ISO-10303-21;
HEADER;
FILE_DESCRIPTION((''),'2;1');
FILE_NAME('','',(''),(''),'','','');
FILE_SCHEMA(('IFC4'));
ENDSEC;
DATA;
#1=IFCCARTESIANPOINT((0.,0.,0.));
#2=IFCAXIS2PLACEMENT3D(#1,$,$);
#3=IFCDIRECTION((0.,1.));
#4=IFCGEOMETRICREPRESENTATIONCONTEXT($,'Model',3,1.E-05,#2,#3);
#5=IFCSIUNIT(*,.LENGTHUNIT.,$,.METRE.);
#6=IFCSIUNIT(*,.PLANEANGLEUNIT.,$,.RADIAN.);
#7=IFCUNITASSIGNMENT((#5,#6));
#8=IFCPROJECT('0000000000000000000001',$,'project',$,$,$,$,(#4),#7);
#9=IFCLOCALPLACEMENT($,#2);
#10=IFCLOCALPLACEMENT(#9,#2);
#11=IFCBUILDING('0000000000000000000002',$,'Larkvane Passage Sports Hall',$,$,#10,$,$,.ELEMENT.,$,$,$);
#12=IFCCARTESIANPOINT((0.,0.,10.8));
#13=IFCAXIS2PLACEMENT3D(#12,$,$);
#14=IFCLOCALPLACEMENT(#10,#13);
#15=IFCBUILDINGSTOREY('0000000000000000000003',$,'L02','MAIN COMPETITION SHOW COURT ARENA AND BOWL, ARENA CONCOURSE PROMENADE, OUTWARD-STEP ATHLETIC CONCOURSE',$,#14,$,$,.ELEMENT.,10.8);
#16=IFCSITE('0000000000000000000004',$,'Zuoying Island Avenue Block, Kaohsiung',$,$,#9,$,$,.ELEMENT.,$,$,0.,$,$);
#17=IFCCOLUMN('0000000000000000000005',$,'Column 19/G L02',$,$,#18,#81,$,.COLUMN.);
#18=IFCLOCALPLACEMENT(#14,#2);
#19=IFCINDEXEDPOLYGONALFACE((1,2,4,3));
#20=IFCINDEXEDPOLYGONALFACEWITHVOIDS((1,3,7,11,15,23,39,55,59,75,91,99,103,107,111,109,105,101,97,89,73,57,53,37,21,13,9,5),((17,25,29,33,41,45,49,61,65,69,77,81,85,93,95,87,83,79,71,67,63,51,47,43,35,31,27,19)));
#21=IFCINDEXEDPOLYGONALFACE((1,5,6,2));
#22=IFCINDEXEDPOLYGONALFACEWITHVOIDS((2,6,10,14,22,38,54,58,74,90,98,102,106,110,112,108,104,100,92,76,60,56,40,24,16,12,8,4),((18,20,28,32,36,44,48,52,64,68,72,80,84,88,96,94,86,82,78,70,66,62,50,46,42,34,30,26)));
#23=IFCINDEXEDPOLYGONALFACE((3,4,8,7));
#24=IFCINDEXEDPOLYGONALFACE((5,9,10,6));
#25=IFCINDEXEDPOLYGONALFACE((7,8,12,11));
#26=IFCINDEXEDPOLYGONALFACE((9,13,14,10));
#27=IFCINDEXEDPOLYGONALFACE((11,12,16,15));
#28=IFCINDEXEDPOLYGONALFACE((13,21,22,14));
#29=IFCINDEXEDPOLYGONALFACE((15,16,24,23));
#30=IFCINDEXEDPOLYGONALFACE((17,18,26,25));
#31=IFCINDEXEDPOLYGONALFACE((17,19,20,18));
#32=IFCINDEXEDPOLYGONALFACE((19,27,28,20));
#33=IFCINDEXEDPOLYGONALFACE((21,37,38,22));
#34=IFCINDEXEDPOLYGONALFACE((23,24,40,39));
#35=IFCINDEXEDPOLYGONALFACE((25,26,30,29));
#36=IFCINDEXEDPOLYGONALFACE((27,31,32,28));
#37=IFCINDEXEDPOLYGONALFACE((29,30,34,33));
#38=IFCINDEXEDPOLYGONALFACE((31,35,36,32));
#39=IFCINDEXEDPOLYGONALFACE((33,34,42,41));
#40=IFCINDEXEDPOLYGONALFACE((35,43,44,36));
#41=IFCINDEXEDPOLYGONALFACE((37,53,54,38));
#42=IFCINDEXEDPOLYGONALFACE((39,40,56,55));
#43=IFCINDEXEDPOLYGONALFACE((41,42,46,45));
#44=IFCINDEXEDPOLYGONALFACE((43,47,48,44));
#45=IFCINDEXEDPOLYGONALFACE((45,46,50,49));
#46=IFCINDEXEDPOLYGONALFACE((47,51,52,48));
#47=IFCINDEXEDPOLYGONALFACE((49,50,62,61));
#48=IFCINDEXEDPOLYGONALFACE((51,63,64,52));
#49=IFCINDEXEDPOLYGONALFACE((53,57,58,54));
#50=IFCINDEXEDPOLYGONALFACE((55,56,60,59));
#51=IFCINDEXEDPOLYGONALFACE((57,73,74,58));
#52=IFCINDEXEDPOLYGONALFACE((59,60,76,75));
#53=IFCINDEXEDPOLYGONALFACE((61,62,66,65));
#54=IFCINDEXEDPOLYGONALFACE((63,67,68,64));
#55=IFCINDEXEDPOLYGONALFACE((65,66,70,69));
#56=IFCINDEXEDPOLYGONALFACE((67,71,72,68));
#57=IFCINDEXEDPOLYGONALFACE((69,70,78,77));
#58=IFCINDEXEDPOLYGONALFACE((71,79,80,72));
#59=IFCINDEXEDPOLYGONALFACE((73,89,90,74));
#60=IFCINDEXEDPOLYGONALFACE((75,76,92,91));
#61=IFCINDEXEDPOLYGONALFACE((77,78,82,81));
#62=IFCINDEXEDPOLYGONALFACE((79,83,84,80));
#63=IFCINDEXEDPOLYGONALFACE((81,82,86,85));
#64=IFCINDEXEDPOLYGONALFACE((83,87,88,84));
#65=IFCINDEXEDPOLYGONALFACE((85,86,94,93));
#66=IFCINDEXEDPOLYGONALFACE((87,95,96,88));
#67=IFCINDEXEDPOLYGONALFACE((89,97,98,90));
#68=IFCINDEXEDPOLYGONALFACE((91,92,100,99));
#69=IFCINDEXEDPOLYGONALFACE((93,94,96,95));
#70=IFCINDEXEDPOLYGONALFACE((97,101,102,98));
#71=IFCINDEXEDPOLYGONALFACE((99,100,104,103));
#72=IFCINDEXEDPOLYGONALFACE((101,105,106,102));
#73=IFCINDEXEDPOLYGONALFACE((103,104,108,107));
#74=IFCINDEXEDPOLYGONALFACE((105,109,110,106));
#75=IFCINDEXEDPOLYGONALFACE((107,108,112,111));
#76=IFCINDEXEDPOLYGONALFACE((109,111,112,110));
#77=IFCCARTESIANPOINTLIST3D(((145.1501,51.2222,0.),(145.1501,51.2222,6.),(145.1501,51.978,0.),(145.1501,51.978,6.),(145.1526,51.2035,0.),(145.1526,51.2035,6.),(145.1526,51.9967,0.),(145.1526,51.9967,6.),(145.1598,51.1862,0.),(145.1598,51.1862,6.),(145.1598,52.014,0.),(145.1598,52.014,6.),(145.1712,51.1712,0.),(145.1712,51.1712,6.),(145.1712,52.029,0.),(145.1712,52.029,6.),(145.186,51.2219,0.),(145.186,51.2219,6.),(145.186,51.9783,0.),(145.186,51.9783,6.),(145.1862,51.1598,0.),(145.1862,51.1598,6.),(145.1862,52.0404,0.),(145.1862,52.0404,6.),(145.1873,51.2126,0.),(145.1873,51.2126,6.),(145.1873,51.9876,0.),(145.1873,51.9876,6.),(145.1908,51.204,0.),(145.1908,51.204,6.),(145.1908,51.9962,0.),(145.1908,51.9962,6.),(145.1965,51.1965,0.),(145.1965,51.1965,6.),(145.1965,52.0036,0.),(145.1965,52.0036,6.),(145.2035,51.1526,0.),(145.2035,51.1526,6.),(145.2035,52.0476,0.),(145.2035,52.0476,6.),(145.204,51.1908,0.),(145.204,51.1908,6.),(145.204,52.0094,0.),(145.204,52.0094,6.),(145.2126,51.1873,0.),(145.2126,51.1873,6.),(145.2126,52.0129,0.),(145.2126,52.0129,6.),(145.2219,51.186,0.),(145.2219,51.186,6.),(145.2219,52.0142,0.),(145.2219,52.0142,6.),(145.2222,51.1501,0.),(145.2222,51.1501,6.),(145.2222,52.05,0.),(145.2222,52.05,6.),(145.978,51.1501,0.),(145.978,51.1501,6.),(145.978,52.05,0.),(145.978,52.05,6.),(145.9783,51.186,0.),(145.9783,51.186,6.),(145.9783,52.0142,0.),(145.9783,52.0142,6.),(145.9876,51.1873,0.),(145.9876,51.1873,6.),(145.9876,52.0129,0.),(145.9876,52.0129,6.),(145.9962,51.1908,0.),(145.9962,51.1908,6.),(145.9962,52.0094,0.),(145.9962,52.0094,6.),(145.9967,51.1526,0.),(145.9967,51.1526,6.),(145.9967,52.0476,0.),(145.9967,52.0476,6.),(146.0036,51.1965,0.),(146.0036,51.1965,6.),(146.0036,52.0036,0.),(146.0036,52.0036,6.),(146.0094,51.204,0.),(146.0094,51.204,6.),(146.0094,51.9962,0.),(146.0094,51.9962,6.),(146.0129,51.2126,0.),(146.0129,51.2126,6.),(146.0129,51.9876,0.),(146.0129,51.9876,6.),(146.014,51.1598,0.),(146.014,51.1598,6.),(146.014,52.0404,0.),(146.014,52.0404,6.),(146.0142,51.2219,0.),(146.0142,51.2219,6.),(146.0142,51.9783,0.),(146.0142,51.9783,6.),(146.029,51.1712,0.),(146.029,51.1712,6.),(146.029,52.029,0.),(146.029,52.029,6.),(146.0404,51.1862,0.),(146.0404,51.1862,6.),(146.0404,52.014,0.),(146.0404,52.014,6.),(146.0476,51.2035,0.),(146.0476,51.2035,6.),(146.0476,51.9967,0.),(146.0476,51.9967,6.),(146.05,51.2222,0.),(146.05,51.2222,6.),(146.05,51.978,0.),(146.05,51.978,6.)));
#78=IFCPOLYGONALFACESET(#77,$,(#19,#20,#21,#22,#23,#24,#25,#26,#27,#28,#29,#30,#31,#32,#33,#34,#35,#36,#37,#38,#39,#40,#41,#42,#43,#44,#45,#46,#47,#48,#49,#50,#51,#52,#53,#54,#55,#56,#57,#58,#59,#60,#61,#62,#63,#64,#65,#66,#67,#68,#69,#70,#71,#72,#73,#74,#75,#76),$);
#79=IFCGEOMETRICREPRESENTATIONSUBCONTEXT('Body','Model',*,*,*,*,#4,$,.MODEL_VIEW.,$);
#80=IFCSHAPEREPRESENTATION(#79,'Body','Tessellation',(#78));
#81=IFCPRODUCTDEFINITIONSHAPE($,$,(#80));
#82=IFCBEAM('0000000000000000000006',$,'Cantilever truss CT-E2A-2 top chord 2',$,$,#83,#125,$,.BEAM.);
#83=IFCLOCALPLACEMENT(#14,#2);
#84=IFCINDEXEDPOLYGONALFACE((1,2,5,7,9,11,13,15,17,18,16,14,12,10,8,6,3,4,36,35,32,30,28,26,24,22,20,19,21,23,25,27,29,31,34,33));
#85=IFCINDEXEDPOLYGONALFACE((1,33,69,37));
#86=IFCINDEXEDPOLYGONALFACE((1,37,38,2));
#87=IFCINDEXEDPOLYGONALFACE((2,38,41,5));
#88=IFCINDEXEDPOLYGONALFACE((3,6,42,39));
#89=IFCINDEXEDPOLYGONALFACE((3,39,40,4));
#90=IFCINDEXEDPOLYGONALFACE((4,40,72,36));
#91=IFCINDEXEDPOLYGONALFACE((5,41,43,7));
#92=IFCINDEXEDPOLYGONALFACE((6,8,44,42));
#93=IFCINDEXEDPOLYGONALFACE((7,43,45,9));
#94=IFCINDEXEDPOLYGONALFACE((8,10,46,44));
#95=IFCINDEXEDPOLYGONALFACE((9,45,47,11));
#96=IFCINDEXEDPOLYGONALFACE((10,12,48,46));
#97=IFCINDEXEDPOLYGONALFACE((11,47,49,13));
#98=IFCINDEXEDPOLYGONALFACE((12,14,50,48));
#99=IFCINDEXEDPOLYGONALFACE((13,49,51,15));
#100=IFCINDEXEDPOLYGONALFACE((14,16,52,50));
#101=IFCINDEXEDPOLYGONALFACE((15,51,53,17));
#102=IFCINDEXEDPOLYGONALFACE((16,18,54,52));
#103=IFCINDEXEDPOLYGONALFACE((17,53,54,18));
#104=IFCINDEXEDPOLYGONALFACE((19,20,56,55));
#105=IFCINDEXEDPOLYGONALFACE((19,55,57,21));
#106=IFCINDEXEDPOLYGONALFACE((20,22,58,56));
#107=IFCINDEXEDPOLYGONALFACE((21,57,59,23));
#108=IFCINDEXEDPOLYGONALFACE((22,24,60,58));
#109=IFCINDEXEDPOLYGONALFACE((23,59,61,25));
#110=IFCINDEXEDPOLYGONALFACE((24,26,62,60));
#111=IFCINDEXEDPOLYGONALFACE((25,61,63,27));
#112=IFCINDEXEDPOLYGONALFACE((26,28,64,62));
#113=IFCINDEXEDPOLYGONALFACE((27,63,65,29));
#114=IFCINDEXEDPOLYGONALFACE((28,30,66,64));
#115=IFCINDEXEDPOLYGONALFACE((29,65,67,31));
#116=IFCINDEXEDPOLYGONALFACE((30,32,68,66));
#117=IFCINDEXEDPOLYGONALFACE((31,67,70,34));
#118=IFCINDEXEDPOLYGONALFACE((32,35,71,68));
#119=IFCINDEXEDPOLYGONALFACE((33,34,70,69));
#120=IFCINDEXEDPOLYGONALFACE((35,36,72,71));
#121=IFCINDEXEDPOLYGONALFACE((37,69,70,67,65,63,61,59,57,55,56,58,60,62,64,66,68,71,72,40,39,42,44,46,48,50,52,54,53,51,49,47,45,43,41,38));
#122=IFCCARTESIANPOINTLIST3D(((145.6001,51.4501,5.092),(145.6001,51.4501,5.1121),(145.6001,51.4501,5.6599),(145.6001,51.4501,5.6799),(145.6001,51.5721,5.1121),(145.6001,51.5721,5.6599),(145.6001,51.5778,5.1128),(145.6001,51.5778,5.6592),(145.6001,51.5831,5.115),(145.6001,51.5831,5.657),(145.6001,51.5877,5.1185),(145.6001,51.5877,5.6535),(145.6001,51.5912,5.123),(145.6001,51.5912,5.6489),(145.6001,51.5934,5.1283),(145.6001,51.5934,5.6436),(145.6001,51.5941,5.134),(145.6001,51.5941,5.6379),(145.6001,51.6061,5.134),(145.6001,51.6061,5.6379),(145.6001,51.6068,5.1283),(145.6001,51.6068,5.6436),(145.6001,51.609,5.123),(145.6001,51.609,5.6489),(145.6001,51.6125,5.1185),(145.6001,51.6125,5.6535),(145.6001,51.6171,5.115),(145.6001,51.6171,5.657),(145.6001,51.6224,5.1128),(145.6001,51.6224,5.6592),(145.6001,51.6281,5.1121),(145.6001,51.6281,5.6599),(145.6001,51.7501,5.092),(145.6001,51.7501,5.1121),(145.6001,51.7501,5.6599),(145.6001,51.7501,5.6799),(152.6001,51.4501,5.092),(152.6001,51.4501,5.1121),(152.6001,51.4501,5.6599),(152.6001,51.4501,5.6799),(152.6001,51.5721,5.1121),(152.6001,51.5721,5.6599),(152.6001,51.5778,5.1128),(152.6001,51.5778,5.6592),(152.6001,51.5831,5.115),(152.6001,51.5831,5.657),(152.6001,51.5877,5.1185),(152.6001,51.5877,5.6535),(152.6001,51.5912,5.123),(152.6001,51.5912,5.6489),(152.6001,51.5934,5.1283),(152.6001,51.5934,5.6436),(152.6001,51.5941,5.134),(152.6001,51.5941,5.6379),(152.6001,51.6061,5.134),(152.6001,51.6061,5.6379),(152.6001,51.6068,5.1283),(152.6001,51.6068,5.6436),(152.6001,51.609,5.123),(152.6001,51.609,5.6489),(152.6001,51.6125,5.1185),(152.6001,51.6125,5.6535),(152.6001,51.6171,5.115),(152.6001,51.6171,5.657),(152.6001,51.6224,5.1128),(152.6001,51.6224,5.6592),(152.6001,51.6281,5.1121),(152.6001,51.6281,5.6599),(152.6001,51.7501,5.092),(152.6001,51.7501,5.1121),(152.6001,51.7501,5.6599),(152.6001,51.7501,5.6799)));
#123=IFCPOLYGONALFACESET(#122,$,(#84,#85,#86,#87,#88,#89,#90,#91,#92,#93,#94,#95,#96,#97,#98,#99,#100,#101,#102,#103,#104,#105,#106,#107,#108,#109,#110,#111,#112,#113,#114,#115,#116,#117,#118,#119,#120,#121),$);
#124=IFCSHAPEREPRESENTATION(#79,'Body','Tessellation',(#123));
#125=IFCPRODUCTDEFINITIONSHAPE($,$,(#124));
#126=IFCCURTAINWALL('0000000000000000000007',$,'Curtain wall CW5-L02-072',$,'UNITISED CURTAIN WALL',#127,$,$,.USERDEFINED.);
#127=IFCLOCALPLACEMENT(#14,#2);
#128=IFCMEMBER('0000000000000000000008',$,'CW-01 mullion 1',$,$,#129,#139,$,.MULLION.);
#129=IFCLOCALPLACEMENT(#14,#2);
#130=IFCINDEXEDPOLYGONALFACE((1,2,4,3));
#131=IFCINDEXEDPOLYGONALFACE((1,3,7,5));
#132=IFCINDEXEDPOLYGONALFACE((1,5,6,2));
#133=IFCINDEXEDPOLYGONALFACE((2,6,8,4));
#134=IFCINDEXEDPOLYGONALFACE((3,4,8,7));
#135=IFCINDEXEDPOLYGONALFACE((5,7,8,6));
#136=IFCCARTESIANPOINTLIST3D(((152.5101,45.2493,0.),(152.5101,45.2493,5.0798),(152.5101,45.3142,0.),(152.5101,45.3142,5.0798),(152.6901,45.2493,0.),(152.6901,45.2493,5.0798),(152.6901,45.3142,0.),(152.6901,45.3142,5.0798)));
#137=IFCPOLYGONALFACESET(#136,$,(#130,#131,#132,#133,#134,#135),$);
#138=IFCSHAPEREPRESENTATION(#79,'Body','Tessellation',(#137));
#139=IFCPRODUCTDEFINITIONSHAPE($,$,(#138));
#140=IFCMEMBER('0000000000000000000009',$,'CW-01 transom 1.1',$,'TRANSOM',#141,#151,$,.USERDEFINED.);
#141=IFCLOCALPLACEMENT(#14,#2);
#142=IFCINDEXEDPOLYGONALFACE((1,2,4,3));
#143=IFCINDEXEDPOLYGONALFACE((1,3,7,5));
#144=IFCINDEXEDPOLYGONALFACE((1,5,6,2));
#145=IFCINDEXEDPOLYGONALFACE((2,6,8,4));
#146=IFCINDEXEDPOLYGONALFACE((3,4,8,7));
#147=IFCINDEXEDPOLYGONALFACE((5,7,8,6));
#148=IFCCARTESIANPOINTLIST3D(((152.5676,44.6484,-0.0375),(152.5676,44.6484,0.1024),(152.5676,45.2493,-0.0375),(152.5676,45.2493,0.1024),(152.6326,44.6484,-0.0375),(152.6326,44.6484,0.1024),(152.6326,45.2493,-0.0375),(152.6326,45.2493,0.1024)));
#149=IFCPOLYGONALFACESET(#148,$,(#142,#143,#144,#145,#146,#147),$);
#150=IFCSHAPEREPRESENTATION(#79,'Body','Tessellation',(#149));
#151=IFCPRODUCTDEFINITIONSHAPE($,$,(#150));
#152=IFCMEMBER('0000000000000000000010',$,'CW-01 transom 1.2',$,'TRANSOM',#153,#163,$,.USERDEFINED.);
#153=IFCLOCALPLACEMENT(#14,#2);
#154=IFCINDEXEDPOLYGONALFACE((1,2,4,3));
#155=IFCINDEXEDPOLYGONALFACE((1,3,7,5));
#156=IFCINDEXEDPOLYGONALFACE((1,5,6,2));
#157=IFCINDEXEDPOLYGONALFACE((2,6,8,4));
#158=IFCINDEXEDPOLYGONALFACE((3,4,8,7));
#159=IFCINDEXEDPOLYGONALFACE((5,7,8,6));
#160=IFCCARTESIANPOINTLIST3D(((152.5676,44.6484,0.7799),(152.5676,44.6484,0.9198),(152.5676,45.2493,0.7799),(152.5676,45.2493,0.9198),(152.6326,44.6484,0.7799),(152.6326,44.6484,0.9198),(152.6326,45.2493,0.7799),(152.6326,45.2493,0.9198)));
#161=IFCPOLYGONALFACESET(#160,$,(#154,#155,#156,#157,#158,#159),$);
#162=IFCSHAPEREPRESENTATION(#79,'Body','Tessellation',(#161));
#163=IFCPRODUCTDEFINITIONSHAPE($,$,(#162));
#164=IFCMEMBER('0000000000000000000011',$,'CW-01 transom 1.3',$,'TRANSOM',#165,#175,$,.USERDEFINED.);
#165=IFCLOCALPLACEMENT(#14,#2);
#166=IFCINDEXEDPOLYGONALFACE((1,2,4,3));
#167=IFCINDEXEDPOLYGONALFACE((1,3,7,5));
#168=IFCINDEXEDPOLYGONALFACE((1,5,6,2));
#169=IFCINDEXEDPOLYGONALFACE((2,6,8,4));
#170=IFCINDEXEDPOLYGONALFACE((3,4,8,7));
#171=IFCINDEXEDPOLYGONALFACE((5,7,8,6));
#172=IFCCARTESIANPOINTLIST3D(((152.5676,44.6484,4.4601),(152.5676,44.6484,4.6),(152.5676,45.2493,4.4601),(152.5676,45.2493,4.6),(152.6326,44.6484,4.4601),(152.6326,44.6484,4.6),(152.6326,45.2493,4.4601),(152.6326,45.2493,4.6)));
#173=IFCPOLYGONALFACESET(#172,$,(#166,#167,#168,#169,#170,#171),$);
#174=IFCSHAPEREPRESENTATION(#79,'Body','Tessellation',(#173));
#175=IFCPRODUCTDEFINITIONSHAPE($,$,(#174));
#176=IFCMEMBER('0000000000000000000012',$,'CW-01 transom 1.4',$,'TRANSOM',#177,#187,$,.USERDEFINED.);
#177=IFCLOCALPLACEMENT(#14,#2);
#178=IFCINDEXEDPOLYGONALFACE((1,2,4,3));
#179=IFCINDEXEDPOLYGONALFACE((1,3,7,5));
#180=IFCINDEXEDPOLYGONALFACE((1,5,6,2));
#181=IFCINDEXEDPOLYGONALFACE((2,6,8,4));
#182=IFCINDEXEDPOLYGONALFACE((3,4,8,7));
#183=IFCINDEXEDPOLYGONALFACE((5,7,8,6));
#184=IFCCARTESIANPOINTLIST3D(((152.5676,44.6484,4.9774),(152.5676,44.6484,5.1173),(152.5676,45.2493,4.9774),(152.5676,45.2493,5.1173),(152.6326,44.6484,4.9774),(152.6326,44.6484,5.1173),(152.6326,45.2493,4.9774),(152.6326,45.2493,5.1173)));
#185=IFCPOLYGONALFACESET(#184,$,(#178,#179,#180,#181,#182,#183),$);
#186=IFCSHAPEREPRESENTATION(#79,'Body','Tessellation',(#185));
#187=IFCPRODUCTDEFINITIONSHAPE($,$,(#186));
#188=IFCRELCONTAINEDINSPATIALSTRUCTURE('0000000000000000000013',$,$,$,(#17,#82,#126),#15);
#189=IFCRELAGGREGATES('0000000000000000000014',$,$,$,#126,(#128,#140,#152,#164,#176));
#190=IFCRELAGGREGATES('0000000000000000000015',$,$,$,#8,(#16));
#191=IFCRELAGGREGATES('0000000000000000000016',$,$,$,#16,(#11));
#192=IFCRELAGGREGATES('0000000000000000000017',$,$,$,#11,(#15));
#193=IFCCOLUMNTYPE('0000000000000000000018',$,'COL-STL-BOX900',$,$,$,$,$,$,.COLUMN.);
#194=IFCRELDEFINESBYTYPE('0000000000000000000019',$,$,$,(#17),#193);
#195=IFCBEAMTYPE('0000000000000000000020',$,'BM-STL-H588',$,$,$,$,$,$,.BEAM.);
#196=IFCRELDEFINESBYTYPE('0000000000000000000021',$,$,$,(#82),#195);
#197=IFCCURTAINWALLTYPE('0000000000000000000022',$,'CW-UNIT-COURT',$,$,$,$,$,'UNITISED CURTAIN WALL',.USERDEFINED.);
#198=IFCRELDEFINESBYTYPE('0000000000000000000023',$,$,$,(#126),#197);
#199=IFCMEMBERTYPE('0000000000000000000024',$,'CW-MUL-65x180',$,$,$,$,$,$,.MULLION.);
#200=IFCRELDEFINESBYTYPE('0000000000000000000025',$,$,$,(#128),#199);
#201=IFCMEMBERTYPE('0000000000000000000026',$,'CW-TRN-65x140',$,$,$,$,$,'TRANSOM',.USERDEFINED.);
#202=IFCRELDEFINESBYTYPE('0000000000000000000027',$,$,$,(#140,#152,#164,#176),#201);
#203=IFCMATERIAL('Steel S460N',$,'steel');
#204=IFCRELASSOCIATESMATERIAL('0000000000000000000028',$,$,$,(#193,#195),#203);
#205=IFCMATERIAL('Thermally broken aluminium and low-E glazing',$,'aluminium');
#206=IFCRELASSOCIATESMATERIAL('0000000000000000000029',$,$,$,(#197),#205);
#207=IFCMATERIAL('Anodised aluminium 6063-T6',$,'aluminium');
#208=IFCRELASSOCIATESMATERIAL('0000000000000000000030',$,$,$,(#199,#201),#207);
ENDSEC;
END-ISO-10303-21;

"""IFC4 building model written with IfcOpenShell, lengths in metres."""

from ifc_helpers import new_model, si_unit, direction, frame, origin, origin_2d, place, context, subcontext, project, spatial, rectangle, hollow_rectangle, i_section, extrude, material, material_profile, profile_set, type_object, element, aggregate, save


model = new_model("IFC4")

# Units and contexts
model_context = context("Model", 3, precision=1e-05, world=origin(), true_north=direction((0.0, 1.0)))
body_context = subcontext(model_context, "Body", "Model", "MODEL_VIEW")
ifc_project = project(units=[si_unit("LENGTHUNIT", "METRE"), si_unit("PLANEANGLEUNIT", "RADIAN")], contexts=[model_context])

# Site, building, storey
site_placement = place(None, origin())
site = spatial("IfcSite", under=ifc_project, at=site_placement, Name="Zuoying Island Avenue Block, Kaohsiung", CompositionType="ELEMENT", RefElevation=0.0)
building_placement = place(site_placement, origin())
building = spatial("IfcBuilding", under=site, at=building_placement, Name="Larkvane Passage Sports Hall", CompositionType="ELEMENT")
storey_placement = place(building_placement, frame((0.0, 0.0, 10.8)))
storey = spatial("IfcBuildingStorey", under=building, at=storey_placement, Name="L02", Description="MAIN COMPETITION SHOW COURT ARENA AND BOWL, ARENA CONCOURSE PROMENADE, OUTWARD-STEP ATHLETIC CONCOURSE", CompositionType="ELEMENT", Elevation=10.8)

# Column
ifc_material_1 = material(Name="Steel S460N", Category="steel")
ifc_material_profile_1 = material_profile(ifc_material_1, hollow_rectangle(XDim=0.8999, YDim=0.8999, WallThickness=0.0359, InnerFilletRadius=0.0359, OuterFilletRadius=0.072, at=origin_2d()), Name="BOX-900x900x36")
ifc_profile_set_1 = profile_set([ifc_material_profile_1], Name="Steel S460N")
column_type = type_object("IfcColumnType", Name="COL-STL-BOX900", PredefinedType="COLUMN", material=ifc_profile_set_1)
column_placement = place(storey_placement, frame((145.6001, 51.6001, 0.0), z_axis=(0.0, 0.0, 1.0), x_axis=(1.0, 0.0, 0.0)))
element("IfcColumn", 1, at=column_placement, inside=storey, type_object=column_type, Name="Column 19/G L02", PredefinedType="COLUMN", context=body_context, shape_type="SweptSolid", body=[
    extrude(hollow_rectangle(XDim=0.8999, YDim=0.8999, WallThickness=0.0359, InnerFilletRadius=0.0359, OuterFilletRadius=0.072, at=origin_2d()), origin(), (0.0, 0.0, 1.0), 6.0),
])

# Beam
ifc_material_profile_2 = material_profile(ifc_material_1, i_section(OverallWidth=0.3, OverallDepth=0.5879, WebThickness=0.012, FlangeThickness=0.02, FilletRadius=0.022, at=origin_2d()), Name="H-588x300x12x20")
ifc_profile_set_2 = profile_set([ifc_material_profile_2], Name="Steel S460N")
beam_type = type_object("IfcBeamType", Name="BM-STL-H588", PredefinedType="BEAM", material=ifc_profile_set_2)
beam_placement = place(storey_placement, frame((145.6001, 51.6001, 5.386), z_axis=(1.0, 0.0, 0.0), x_axis=(0.0, 1.0, 0.0)))
element("IfcBeam", 2, at=beam_placement, inside=storey, type_object=beam_type, Name="Cantilever truss CT-E2A-2 top chord 2", PredefinedType="BEAM", context=body_context, shape_type="SweptSolid", body=[
    extrude(i_section(OverallWidth=0.3, OverallDepth=0.5879, WebThickness=0.012, FlangeThickness=0.02, FilletRadius=0.022, at=origin_2d()), origin(), (0.0, 0.0, 1.0), 7.0),
])

# Curtain wall, members
ifc_material_2 = material(Name="Thermally broken aluminium and low-E glazing", Category="aluminium")
curtain_wall_type = type_object("IfcCurtainWallType", Name="CW-UNIT-COURT", ElementType="UNITISED CURTAIN WALL", PredefinedType="USERDEFINED", material=ifc_material_2)
curtain_wall_placement = place(storey_placement, origin())
curtain_wall = element("IfcCurtainWall", 3, at=curtain_wall_placement, inside=storey, type_object=curtain_wall_type, Name="Curtain wall CW5-L02-072", ObjectType="UNITISED CURTAIN WALL", PredefinedType="USERDEFINED")
ifc_material_3 = material(Name="Anodised aluminium 6063-T6", Category="aluminium")
ifc_material_profile_3 = material_profile(ifc_material_3, rectangle(XDim=0.0649, YDim=0.1799, at=origin_2d()), Name="ALU-MUL-65x180")
ifc_profile_set_3 = profile_set([ifc_material_profile_3], Name="Anodised aluminium 6063-T6")
member_type_1 = type_object("IfcMemberType", Name="CW-MUL-65x180", PredefinedType="MULLION", material=ifc_profile_set_3)
member_1_placement = place(storey_placement, frame((152.6001, 45.2817, 0.0), z_axis=(0.0, 0.0, 1.0), x_axis=(0.0, -1.0, 0.0)))
member_1 = element("IfcMember", 4, at=member_1_placement, type_object=member_type_1, Name="CW-01 mullion 1", PredefinedType="MULLION", context=body_context, shape_type="SweptSolid", body=[
    extrude(rectangle(XDim=0.0649, YDim=0.1799, at=origin_2d()), origin(), (0.0, 0.0, 1.0), 5.0798),
])
ifc_material_profile_4 = material_profile(ifc_material_3, rectangle(XDim=0.0649, YDim=0.1399, at=origin_2d()), Name="ALU-TRN-65x140")
ifc_profile_set_4 = profile_set([ifc_material_profile_4], Name="Anodised aluminium 6063-T6")
member_type_2 = type_object("IfcMemberType", Name="CW-TRN-65x140", ElementType="TRANSOM", PredefinedType="USERDEFINED", material=ifc_profile_set_4)
member_2_placement = place(storey_placement, frame((152.6001, 45.2493, 0.0325), z_axis=(0.0, -1.0, 0.0), x_axis=(1.0, 0.0, 0.0)))
member_2 = element("IfcMember", 5, at=member_2_placement, type_object=member_type_2, Name="CW-01 transom 1.1", ObjectType="TRANSOM", PredefinedType="USERDEFINED", context=body_context, shape_type="SweptSolid", body=[
    extrude(rectangle(XDim=0.0649, YDim=0.1399, at=origin_2d()), origin(), (0.0, 0.0, 1.0), 0.6008),
])
member_3_placement = place(storey_placement, frame((152.6001, 45.2493, 0.8499), z_axis=(0.0, -1.0, 0.0), x_axis=(1.0, 0.0, 0.0)))
member_3 = element("IfcMember", 6, at=member_3_placement, type_object=member_type_2, Name="CW-01 transom 1.2", ObjectType="TRANSOM", PredefinedType="USERDEFINED", context=body_context, shape_type="SweptSolid", body=[
    extrude(rectangle(XDim=0.0649, YDim=0.1399, at=origin_2d()), origin(), (0.0, 0.0, 1.0), 0.6008),
])
member_4_placement = place(storey_placement, frame((152.6001, 45.2493, 4.53), z_axis=(0.0, -1.0, 0.0), x_axis=(1.0, 0.0, 0.0)))
member_4 = element("IfcMember", 7, at=member_4_placement, type_object=member_type_2, Name="CW-01 transom 1.3", ObjectType="TRANSOM", PredefinedType="USERDEFINED", context=body_context, shape_type="SweptSolid", body=[
    extrude(rectangle(XDim=0.0649, YDim=0.1399, at=origin_2d()), origin(), (0.0, 0.0, 1.0), 0.6008),
])
member_5_placement = place(storey_placement, frame((152.6001, 45.2493, 5.0474), z_axis=(0.0, -1.0, 0.0), x_axis=(1.0, 0.0, 0.0)))
member_5 = element("IfcMember", 8, at=member_5_placement, type_object=member_type_2, Name="CW-01 transom 1.4", ObjectType="TRANSOM", PredefinedType="USERDEFINED", context=body_context, shape_type="SweptSolid", body=[
    extrude(rectangle(XDim=0.0649, YDim=0.1399, at=origin_2d()), origin(), (0.0, 0.0, 1.0), 0.6008),
])

aggregate(curtain_wall, [member_1, member_2, member_3, member_4, member_5])

save(model, "model.ifc")
